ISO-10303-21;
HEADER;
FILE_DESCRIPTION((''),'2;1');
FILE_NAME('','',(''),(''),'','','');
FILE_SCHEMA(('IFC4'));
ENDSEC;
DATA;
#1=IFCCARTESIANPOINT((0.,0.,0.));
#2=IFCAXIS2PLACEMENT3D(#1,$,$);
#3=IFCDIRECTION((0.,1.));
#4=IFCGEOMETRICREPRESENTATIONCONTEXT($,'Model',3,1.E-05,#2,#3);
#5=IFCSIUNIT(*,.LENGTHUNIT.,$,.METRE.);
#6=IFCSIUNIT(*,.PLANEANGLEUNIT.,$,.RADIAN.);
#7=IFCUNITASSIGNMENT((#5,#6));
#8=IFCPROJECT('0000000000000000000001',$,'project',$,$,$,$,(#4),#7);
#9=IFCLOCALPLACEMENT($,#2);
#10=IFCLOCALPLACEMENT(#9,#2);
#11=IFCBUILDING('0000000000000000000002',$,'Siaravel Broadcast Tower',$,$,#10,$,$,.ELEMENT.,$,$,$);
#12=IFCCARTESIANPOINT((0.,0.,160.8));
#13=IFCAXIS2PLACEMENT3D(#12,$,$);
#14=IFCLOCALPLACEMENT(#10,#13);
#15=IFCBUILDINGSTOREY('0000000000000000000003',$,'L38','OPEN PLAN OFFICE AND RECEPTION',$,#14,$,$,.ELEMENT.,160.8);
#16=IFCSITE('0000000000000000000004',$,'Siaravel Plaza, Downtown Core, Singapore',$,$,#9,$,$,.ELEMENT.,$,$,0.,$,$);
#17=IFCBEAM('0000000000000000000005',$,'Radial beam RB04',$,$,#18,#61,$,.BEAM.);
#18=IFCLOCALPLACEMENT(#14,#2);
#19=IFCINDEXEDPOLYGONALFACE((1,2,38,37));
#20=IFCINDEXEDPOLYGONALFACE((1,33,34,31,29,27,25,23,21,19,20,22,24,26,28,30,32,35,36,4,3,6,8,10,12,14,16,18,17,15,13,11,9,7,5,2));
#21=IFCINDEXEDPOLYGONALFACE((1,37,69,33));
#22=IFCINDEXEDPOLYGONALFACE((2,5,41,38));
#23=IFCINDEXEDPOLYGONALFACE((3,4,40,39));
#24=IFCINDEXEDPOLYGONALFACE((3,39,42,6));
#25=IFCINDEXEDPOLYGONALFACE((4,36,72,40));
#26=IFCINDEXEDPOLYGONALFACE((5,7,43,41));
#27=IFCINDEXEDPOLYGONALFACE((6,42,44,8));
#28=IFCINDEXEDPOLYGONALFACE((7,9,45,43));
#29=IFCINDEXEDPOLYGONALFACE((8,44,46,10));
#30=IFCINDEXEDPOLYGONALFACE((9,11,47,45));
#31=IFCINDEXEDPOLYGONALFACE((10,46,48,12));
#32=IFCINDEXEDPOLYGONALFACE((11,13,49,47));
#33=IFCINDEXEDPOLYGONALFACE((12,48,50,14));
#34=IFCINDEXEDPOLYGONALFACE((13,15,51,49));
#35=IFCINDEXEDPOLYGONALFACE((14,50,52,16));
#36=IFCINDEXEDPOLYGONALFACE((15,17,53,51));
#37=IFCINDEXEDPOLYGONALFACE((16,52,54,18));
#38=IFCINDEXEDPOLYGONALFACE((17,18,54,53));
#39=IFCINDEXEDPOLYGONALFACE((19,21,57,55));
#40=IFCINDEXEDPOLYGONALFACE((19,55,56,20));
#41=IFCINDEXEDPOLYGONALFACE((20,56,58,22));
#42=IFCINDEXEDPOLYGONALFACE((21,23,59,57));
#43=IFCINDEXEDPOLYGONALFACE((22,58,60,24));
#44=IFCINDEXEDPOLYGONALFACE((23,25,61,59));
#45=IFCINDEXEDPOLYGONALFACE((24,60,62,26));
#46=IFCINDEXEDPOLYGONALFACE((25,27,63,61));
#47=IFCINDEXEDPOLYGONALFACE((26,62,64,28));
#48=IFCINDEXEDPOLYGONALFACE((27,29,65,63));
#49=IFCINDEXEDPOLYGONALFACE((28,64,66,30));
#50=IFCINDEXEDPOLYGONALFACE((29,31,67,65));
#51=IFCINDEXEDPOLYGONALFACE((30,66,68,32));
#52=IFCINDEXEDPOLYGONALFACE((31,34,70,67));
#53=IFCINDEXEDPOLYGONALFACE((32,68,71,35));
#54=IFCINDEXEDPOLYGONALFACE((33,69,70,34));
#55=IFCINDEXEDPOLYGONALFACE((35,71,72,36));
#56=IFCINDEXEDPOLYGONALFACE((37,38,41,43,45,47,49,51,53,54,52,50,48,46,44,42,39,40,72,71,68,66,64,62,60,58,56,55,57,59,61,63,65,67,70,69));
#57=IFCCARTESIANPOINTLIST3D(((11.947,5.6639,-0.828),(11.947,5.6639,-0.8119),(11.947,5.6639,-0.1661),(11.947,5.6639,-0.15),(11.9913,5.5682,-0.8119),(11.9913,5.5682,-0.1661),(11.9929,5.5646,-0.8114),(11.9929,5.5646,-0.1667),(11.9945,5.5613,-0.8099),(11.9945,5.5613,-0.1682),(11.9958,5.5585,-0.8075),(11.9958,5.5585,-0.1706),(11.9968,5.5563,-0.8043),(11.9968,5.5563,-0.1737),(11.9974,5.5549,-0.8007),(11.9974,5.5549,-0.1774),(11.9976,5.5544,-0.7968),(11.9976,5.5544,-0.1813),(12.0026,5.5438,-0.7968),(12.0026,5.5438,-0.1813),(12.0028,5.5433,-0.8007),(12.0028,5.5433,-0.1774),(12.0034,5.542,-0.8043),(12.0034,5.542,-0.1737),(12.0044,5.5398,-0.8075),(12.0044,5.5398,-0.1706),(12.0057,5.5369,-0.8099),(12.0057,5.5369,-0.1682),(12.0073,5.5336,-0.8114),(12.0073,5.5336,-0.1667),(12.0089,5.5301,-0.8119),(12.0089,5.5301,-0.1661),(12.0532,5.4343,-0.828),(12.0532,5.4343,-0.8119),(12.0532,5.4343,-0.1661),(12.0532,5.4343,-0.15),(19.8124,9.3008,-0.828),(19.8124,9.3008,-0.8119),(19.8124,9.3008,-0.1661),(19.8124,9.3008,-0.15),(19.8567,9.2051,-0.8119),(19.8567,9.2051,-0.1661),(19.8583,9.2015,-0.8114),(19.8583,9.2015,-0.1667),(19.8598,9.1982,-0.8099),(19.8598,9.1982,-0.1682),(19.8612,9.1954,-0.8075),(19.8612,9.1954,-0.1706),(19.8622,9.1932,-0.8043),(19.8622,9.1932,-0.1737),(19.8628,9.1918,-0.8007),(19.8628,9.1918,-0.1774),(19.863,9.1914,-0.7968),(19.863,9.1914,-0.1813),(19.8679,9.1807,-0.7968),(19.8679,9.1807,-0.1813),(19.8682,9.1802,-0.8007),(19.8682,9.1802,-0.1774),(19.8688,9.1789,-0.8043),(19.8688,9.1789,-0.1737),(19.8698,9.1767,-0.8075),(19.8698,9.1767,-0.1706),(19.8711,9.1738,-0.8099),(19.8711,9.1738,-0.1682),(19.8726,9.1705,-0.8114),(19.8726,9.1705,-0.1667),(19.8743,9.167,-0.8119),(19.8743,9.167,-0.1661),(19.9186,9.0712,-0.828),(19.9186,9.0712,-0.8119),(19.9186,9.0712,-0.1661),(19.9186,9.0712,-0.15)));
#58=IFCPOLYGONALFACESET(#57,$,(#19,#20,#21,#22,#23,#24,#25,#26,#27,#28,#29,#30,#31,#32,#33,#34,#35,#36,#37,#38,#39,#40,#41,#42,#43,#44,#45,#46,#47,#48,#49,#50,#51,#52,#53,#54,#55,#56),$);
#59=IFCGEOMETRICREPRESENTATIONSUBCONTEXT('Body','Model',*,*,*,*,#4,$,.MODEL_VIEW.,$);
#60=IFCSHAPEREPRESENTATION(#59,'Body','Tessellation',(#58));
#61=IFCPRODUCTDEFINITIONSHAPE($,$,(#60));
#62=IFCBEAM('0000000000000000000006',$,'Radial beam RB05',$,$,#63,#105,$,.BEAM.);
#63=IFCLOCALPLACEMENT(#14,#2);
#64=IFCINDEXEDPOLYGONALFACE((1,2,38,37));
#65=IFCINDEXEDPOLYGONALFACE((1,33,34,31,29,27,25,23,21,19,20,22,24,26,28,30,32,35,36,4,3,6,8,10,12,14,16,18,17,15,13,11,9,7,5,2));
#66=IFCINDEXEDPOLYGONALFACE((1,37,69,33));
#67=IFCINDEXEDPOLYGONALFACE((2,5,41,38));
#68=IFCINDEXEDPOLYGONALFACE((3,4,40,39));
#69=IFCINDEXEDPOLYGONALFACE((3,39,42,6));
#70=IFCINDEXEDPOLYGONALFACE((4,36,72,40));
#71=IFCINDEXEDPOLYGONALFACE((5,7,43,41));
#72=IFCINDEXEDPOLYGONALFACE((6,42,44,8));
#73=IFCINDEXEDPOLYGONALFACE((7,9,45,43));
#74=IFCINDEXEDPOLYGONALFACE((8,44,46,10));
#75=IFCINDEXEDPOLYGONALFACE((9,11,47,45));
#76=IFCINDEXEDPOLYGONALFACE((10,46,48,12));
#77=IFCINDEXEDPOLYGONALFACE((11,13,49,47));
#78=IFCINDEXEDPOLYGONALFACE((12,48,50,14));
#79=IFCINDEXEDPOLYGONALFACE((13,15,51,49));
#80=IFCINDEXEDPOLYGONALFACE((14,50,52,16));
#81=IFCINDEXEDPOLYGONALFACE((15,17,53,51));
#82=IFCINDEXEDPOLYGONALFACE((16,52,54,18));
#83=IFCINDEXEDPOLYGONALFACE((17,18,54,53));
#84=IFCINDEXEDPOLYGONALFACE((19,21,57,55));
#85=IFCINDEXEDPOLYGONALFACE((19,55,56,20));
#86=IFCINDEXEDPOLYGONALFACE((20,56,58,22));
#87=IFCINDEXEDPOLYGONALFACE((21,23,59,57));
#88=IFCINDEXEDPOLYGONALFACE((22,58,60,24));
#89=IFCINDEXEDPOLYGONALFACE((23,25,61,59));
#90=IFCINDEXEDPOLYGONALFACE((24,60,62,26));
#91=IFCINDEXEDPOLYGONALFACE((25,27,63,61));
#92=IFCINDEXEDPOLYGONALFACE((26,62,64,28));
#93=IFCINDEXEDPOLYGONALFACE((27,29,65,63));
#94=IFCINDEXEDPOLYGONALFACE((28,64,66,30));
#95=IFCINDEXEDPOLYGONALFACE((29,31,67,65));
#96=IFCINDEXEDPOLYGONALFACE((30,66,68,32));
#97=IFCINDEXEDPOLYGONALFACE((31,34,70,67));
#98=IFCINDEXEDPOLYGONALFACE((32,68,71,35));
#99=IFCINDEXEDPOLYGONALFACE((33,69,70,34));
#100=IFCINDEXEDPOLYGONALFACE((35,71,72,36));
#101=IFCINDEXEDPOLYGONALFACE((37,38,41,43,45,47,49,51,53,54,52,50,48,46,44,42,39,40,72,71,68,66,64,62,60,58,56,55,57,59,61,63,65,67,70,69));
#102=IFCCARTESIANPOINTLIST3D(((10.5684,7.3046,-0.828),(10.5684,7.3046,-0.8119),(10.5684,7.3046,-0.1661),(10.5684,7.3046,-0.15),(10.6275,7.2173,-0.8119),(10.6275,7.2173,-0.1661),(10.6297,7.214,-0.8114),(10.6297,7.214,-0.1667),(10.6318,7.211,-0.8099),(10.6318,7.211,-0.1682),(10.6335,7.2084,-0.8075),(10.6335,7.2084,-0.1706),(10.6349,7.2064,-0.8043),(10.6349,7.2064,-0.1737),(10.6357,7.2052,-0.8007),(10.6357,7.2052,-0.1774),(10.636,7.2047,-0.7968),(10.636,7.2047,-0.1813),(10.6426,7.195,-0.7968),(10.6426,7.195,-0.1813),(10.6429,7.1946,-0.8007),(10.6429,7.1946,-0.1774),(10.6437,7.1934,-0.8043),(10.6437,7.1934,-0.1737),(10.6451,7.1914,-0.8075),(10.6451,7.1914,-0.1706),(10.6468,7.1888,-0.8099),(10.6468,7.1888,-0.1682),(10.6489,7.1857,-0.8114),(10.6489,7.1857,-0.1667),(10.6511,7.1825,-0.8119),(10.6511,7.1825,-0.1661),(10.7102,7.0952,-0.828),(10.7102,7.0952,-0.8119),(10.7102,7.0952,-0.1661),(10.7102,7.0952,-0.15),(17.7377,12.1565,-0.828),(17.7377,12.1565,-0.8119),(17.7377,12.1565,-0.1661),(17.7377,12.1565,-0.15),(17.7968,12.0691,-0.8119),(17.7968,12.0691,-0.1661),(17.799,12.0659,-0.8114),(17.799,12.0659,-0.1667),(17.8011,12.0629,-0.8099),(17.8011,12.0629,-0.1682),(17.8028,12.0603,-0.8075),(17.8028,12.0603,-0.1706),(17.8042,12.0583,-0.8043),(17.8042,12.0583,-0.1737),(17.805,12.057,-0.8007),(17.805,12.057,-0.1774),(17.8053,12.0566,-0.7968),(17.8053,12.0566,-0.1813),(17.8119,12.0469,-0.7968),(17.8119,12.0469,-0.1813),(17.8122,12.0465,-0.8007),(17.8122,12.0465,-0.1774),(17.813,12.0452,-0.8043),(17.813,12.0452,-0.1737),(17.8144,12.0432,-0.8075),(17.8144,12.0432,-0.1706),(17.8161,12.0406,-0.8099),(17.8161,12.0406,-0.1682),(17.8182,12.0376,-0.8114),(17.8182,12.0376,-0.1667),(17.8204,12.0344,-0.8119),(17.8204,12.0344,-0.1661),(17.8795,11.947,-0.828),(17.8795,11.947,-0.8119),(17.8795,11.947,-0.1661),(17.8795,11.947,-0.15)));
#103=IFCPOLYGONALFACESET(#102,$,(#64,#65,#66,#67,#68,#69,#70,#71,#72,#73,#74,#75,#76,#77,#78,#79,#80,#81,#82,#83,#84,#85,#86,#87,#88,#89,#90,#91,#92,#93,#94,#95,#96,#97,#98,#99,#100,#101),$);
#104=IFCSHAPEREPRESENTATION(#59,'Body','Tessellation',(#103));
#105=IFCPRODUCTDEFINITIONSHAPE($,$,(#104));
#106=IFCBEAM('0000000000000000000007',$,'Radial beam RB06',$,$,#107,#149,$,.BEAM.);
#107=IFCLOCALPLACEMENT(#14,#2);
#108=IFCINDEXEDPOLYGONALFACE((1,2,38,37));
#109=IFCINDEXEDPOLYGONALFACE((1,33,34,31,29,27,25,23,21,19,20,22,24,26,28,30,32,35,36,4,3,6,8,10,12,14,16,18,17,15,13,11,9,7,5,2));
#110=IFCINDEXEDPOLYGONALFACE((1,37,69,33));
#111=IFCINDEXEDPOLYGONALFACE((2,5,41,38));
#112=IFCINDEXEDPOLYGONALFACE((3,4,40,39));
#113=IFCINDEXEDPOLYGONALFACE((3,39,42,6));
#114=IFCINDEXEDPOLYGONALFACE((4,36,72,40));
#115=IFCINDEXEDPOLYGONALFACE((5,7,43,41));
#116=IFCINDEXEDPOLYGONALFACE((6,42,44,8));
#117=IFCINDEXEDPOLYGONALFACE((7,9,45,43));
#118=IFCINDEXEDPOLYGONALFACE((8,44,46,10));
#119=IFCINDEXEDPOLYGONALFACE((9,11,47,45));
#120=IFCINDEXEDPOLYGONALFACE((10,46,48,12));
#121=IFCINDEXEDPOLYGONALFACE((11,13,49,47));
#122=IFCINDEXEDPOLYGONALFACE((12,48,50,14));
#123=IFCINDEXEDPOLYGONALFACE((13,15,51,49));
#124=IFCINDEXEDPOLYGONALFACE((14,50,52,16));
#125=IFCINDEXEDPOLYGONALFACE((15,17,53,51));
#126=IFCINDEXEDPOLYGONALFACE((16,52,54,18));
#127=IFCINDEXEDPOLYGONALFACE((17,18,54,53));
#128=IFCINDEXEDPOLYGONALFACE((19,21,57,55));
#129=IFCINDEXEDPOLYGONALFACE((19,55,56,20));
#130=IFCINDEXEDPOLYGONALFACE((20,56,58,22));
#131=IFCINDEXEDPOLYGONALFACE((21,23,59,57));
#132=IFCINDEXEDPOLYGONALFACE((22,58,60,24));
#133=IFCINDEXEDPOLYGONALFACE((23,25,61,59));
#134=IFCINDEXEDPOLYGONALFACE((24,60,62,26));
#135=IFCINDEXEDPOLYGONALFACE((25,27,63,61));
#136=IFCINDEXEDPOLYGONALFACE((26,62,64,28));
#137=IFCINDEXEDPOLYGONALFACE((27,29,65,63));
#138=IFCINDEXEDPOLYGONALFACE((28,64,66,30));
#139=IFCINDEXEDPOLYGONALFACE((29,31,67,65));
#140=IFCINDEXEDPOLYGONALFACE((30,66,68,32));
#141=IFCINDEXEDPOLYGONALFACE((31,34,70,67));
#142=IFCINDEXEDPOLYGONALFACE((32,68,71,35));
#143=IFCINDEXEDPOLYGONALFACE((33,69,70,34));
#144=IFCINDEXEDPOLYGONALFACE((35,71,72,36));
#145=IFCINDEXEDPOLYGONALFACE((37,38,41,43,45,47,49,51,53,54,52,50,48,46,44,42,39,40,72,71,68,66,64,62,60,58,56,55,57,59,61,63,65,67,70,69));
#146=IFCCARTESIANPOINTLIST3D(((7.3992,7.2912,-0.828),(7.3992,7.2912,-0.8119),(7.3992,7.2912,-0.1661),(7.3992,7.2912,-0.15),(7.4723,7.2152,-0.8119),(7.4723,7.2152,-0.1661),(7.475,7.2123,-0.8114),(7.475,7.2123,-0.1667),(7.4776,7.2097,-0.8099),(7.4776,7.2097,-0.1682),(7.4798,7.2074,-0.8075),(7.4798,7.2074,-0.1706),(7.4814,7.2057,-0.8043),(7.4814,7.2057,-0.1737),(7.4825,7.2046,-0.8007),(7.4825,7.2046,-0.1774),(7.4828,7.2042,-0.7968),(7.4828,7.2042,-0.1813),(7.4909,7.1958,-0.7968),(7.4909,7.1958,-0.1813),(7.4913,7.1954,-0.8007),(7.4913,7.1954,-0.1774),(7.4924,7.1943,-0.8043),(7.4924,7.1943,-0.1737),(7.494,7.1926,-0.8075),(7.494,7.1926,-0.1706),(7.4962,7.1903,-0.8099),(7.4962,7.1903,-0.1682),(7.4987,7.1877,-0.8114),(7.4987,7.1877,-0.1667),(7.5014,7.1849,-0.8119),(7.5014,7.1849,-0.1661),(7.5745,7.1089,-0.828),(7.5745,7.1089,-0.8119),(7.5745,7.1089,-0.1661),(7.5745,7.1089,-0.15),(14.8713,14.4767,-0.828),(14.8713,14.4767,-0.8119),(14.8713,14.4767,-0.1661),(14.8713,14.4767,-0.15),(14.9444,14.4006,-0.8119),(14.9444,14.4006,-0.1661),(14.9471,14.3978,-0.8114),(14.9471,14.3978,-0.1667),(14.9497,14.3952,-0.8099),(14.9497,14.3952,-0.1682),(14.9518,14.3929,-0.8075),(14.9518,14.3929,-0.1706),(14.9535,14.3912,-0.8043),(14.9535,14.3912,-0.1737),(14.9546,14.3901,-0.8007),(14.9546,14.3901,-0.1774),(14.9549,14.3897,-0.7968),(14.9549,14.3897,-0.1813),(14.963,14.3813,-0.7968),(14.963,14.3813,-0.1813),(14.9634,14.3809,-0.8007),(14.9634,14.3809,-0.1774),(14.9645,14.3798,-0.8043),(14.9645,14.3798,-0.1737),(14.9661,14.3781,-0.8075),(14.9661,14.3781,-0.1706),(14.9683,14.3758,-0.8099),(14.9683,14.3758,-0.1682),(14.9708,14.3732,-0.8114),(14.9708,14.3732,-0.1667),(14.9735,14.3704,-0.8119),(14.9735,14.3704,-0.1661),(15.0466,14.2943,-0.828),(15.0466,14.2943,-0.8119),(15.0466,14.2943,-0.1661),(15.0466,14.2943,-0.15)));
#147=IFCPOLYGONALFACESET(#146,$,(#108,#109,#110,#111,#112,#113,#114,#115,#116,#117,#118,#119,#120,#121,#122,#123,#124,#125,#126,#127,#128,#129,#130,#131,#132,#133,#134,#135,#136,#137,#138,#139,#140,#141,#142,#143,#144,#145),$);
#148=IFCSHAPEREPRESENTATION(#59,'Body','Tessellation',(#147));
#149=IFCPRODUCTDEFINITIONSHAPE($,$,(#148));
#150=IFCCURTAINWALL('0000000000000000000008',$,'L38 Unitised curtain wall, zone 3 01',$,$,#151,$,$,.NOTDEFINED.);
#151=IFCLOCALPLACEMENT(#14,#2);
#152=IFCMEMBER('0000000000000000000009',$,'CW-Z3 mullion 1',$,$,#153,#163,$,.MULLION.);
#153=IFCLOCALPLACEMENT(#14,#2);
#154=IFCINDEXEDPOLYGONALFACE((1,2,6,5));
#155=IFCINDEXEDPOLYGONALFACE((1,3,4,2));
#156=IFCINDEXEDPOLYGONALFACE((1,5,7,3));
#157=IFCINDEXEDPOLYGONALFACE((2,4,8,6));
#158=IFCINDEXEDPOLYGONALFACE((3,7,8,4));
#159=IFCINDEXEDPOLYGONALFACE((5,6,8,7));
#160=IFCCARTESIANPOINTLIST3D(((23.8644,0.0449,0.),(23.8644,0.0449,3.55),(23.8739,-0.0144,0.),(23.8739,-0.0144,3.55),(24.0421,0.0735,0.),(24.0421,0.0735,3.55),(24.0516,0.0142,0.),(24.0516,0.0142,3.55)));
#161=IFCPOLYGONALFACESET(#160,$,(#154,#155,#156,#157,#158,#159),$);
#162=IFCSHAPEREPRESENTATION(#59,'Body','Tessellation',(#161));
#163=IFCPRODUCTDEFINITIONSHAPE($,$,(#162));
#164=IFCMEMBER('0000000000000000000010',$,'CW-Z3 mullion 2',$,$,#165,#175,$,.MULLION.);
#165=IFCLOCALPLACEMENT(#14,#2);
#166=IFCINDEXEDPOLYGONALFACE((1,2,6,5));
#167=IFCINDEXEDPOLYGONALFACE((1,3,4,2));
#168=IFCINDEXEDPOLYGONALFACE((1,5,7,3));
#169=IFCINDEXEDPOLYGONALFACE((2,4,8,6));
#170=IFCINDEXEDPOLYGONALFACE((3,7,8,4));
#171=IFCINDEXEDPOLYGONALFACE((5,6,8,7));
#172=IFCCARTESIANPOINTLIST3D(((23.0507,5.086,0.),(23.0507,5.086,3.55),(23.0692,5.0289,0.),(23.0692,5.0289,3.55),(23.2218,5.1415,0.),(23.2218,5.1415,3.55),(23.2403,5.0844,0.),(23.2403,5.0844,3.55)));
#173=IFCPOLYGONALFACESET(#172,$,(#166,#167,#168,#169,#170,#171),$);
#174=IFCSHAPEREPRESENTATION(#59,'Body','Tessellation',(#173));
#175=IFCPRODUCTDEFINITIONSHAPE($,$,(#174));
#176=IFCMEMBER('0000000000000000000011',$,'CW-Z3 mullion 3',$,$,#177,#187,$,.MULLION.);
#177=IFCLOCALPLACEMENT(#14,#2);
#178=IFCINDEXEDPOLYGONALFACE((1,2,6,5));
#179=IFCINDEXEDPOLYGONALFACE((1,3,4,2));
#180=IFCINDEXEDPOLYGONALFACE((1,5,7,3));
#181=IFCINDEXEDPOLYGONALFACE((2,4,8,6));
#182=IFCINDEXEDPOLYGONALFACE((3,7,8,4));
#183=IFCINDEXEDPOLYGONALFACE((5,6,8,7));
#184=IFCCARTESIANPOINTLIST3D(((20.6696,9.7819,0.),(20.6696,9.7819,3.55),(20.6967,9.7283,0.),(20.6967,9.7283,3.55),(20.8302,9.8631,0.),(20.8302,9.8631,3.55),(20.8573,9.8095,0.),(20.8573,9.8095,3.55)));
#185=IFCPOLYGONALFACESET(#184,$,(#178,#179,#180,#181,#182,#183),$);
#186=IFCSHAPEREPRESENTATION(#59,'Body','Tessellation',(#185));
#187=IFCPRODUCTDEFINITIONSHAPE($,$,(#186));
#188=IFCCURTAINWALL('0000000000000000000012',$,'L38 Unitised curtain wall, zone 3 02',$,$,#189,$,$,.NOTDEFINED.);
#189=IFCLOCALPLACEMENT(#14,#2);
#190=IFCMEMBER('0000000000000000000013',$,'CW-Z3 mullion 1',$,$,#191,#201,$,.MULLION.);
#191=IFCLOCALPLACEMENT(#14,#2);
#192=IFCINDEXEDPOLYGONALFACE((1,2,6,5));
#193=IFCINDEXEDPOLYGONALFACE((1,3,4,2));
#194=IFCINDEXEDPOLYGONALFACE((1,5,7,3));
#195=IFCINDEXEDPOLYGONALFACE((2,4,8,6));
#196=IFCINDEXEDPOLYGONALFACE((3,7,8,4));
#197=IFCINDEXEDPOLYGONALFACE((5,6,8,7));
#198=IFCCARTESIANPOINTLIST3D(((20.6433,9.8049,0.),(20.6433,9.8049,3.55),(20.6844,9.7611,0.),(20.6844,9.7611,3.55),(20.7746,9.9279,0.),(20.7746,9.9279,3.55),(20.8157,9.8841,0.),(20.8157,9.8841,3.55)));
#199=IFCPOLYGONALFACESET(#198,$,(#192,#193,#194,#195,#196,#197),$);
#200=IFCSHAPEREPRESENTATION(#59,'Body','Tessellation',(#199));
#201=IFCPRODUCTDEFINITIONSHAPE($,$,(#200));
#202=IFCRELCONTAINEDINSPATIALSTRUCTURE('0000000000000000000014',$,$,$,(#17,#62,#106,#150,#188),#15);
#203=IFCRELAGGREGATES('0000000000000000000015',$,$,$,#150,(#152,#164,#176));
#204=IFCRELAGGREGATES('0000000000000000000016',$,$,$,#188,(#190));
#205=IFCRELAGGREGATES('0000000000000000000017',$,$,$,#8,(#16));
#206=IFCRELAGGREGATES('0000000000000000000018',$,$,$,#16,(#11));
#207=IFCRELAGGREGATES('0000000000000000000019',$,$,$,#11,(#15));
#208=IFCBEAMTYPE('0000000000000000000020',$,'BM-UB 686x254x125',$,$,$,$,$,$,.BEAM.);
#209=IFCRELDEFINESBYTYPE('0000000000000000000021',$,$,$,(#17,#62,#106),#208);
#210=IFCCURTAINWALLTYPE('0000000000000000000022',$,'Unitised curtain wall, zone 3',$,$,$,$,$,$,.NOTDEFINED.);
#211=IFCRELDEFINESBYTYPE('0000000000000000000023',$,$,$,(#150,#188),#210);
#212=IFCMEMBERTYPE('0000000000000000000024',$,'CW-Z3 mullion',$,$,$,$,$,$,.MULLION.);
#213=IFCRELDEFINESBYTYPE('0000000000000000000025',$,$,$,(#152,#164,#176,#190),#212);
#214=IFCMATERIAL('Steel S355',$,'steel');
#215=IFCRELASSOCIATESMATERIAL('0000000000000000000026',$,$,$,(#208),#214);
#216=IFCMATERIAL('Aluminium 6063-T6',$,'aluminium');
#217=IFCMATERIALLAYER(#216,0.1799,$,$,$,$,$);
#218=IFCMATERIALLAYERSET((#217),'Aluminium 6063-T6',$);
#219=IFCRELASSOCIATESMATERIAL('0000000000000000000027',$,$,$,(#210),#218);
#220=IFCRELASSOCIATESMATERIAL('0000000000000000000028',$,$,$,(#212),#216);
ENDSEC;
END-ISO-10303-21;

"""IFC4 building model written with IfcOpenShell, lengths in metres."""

from ifc_helpers import new_model, si_unit, direction, frame, origin, origin_2d, place, context, subcontext, project, spatial, rectangle, i_section, extrude, material, layer, layer_set, material_profile, profile_set, type_object, element, aggregate, save


model = new_model("IFC4")

# Units and contexts
model_context = context("Model", 3, precision=1e-05, world=origin(), true_north=direction((0.0, 1.0)))
body_context = subcontext(model_context, "Body", "Model", "MODEL_VIEW")
ifc_project = project(units=[si_unit("LENGTHUNIT", "METRE"), si_unit("PLANEANGLEUNIT", "RADIAN")], contexts=[model_context])

# Site, building, storey
site_placement = place(None, origin())
site = spatial("IfcSite", under=ifc_project, at=site_placement, Name="Siaravel Plaza, Downtown Core, Singapore", CompositionType="ELEMENT", RefElevation=0.0)
building_placement = place(site_placement, origin())
building = spatial("IfcBuilding", under=site, at=building_placement, Name="Siaravel Broadcast Tower", CompositionType="ELEMENT")
storey_placement = place(building_placement, frame((0.0, 0.0, 160.8)))
storey = spatial("IfcBuildingStorey", under=building, at=storey_placement, Name="L38", Description="OPEN PLAN OFFICE AND RECEPTION", CompositionType="ELEMENT", Elevation=160.8)

# Beams
ifc_material_1 = material(Name="Steel S355", Category="steel")
ifc_material_profile_1 = material_profile(ifc_material_1, i_section(OverallWidth=0.2529, OverallDepth=0.678, WebThickness=0.0117, FlangeThickness=0.0161, FilletRadius=0.0151, at=origin_2d()))
ifc_profile_set_1 = profile_set([ifc_material_profile_1], Name="Steel S355")
beam_type = type_object("IfcBeamType", Name="BM-UB 686x254x125", PredefinedType="BEAM", material=ifc_profile_set_1)
beam_1_placement = place(storey_placement, frame((19.8655, 9.186, -0.489), z_axis=(-0.907663, -0.419699, 0.0), x_axis=(0.419699, -0.907663, 0.0)))
element("IfcBeam", 1, at=beam_1_placement, inside=storey, type_object=beam_type, Name="Radial beam RB04", PredefinedType="BEAM", context=body_context, shape_type="SweptSolid", body=[
    extrude(i_section(OverallWidth=0.2529, OverallDepth=0.678, WebThickness=0.0117, FlangeThickness=0.0161, FilletRadius=0.0151, at=origin_2d()), origin(), (0.0, 0.0, 1.0), 8.6655),
])
beam_2_placement = place(storey_placement, frame((17.8086, 12.0518, -0.489), z_axis=(-0.828173, -0.560473, 0.0), x_axis=(0.560473, -0.828173, 0.0)))
element("IfcBeam", 2, at=beam_2_placement, inside=storey, type_object=beam_type, Name="Radial beam RB05", PredefinedType="BEAM", context=body_context, shape_type="SweptSolid", body=[
    extrude(i_section(OverallWidth=0.2529, OverallDepth=0.678, WebThickness=0.0117, FlangeThickness=0.0161, FilletRadius=0.0151, at=origin_2d()), origin(), (0.0, 0.0, 1.0), 8.6567),
])
beam_3_placement = place(storey_placement, frame((14.959, 14.3855, -0.489), z_axis=(-0.720796, -0.693147, 0.0), x_axis=(0.693147, -0.720796, 0.0)))
element("IfcBeam", 3, at=beam_3_placement, inside=storey, type_object=beam_type, Name="Radial beam RB06", PredefinedType="BEAM", context=body_context, shape_type="SweptSolid", body=[
    extrude(i_section(OverallWidth=0.2529, OverallDepth=0.678, WebThickness=0.0117, FlangeThickness=0.0161, FilletRadius=0.0151, at=origin_2d()), origin(), (0.0, 0.0, 1.0), 10.3665),
])

# Curtain walls, members
ifc_material_2 = material(Name="Aluminium 6063-T6", Category="aluminium")
ifc_layer_1 = layer(ifc_material_2, 0.1799)
ifc_layer_set_1 = layer_set([ifc_layer_1], Name="Aluminium 6063-T6")
curtain_wall_type = type_object("IfcCurtainWallType", Name="Unitised curtain wall, zone 3", PredefinedType="NOTDEFINED", material=ifc_layer_set_1)
curtain_wall_1_placement = place(storey_placement, origin())
curtain_wall_1 = element("IfcCurtainWall", 4, at=curtain_wall_1_placement, inside=storey, type_object=curtain_wall_type, Name="L38 Unitised curtain wall, zone 3 01", PredefinedType="NOTDEFINED")
ifc_material_profile_2 = material_profile(ifc_material_2, rectangle(XDim=0.1799, YDim=0.0601, at=origin_2d()))
ifc_profile_set_2 = profile_set([ifc_material_profile_2], Name="Aluminium 6063-T6")
member_type_1 = type_object("IfcMemberType", Name="CW-Z3 mullion", PredefinedType="MULLION", material=ifc_profile_set_2)
member_1_placement = place(storey_placement, frame((23.958, 0.0295, 0.0), z_axis=(0.0, 0.0, 1.0), x_axis=(-0.987329, -0.158685, 0.0)))
member_1 = element("IfcMember", 5, at=member_1_placement, type_object=member_type_1, Name="CW-Z3 mullion 1", PredefinedType="MULLION", context=body_context, shape_type="SweptSolid", body=[
    extrude(rectangle(XDim=0.1799, YDim=0.0601, at=origin_2d()), origin(), (0.0, 0.0, 1.0), 3.55),
])
member_2_placement = place(storey_placement, frame((23.1455, 5.0852, 0.0), z_axis=(0.0, 0.0, 1.0), x_axis=(-0.951177, -0.308645, 0.0)))
member_2 = element("IfcMember", 6, at=member_2_placement, type_object=member_type_1, Name="CW-Z3 mullion 2", PredefinedType="MULLION", context=body_context, shape_type="SweptSolid", body=[
    extrude(rectangle(XDim=0.1799, YDim=0.0601, at=origin_2d()), origin(), (0.0, 0.0, 1.0), 3.55),
])
member_3_placement = place(storey_placement, frame((20.7634, 9.7957, 0.0), z_axis=(0.0, 0.0, 1.0), x_axis=(-0.892393, -0.45126, 0.0)))
member_3 = element("IfcMember", 7, at=member_3_placement, type_object=member_type_1, Name="CW-Z3 mullion 3", PredefinedType="MULLION", context=body_context, shape_type="SweptSolid", body=[
    extrude(rectangle(XDim=0.1799, YDim=0.0601, at=origin_2d()), origin(), (0.0, 0.0, 1.0), 3.55),
])
curtain_wall_2_placement = place(storey_placement, origin())
curtain_wall_2 = element("IfcCurtainWall", 8, at=curtain_wall_2_placement, inside=storey, type_object=curtain_wall_type, Name="L38 Unitised curtain wall, zone 3 02", PredefinedType="NOTDEFINED")
member_4_placement = place(storey_placement, frame((20.7295, 9.8445, 0.0), z_axis=(0.0, 0.0, 1.0), x_axis=(-0.729806, -0.683654, 0.0)))
member_4 = element("IfcMember", 9, at=member_4_placement, type_object=member_type_1, Name="CW-Z3 mullion 1", PredefinedType="MULLION", context=body_context, shape_type="SweptSolid", body=[
    extrude(rectangle(XDim=0.1799, YDim=0.0601, at=origin_2d()), origin(), (0.0, 0.0, 1.0), 3.55),
])

aggregate(curtain_wall_1, [member_1, member_2, member_3])
aggregate(curtain_wall_2, [member_4])

save(model, "model.ifc")
